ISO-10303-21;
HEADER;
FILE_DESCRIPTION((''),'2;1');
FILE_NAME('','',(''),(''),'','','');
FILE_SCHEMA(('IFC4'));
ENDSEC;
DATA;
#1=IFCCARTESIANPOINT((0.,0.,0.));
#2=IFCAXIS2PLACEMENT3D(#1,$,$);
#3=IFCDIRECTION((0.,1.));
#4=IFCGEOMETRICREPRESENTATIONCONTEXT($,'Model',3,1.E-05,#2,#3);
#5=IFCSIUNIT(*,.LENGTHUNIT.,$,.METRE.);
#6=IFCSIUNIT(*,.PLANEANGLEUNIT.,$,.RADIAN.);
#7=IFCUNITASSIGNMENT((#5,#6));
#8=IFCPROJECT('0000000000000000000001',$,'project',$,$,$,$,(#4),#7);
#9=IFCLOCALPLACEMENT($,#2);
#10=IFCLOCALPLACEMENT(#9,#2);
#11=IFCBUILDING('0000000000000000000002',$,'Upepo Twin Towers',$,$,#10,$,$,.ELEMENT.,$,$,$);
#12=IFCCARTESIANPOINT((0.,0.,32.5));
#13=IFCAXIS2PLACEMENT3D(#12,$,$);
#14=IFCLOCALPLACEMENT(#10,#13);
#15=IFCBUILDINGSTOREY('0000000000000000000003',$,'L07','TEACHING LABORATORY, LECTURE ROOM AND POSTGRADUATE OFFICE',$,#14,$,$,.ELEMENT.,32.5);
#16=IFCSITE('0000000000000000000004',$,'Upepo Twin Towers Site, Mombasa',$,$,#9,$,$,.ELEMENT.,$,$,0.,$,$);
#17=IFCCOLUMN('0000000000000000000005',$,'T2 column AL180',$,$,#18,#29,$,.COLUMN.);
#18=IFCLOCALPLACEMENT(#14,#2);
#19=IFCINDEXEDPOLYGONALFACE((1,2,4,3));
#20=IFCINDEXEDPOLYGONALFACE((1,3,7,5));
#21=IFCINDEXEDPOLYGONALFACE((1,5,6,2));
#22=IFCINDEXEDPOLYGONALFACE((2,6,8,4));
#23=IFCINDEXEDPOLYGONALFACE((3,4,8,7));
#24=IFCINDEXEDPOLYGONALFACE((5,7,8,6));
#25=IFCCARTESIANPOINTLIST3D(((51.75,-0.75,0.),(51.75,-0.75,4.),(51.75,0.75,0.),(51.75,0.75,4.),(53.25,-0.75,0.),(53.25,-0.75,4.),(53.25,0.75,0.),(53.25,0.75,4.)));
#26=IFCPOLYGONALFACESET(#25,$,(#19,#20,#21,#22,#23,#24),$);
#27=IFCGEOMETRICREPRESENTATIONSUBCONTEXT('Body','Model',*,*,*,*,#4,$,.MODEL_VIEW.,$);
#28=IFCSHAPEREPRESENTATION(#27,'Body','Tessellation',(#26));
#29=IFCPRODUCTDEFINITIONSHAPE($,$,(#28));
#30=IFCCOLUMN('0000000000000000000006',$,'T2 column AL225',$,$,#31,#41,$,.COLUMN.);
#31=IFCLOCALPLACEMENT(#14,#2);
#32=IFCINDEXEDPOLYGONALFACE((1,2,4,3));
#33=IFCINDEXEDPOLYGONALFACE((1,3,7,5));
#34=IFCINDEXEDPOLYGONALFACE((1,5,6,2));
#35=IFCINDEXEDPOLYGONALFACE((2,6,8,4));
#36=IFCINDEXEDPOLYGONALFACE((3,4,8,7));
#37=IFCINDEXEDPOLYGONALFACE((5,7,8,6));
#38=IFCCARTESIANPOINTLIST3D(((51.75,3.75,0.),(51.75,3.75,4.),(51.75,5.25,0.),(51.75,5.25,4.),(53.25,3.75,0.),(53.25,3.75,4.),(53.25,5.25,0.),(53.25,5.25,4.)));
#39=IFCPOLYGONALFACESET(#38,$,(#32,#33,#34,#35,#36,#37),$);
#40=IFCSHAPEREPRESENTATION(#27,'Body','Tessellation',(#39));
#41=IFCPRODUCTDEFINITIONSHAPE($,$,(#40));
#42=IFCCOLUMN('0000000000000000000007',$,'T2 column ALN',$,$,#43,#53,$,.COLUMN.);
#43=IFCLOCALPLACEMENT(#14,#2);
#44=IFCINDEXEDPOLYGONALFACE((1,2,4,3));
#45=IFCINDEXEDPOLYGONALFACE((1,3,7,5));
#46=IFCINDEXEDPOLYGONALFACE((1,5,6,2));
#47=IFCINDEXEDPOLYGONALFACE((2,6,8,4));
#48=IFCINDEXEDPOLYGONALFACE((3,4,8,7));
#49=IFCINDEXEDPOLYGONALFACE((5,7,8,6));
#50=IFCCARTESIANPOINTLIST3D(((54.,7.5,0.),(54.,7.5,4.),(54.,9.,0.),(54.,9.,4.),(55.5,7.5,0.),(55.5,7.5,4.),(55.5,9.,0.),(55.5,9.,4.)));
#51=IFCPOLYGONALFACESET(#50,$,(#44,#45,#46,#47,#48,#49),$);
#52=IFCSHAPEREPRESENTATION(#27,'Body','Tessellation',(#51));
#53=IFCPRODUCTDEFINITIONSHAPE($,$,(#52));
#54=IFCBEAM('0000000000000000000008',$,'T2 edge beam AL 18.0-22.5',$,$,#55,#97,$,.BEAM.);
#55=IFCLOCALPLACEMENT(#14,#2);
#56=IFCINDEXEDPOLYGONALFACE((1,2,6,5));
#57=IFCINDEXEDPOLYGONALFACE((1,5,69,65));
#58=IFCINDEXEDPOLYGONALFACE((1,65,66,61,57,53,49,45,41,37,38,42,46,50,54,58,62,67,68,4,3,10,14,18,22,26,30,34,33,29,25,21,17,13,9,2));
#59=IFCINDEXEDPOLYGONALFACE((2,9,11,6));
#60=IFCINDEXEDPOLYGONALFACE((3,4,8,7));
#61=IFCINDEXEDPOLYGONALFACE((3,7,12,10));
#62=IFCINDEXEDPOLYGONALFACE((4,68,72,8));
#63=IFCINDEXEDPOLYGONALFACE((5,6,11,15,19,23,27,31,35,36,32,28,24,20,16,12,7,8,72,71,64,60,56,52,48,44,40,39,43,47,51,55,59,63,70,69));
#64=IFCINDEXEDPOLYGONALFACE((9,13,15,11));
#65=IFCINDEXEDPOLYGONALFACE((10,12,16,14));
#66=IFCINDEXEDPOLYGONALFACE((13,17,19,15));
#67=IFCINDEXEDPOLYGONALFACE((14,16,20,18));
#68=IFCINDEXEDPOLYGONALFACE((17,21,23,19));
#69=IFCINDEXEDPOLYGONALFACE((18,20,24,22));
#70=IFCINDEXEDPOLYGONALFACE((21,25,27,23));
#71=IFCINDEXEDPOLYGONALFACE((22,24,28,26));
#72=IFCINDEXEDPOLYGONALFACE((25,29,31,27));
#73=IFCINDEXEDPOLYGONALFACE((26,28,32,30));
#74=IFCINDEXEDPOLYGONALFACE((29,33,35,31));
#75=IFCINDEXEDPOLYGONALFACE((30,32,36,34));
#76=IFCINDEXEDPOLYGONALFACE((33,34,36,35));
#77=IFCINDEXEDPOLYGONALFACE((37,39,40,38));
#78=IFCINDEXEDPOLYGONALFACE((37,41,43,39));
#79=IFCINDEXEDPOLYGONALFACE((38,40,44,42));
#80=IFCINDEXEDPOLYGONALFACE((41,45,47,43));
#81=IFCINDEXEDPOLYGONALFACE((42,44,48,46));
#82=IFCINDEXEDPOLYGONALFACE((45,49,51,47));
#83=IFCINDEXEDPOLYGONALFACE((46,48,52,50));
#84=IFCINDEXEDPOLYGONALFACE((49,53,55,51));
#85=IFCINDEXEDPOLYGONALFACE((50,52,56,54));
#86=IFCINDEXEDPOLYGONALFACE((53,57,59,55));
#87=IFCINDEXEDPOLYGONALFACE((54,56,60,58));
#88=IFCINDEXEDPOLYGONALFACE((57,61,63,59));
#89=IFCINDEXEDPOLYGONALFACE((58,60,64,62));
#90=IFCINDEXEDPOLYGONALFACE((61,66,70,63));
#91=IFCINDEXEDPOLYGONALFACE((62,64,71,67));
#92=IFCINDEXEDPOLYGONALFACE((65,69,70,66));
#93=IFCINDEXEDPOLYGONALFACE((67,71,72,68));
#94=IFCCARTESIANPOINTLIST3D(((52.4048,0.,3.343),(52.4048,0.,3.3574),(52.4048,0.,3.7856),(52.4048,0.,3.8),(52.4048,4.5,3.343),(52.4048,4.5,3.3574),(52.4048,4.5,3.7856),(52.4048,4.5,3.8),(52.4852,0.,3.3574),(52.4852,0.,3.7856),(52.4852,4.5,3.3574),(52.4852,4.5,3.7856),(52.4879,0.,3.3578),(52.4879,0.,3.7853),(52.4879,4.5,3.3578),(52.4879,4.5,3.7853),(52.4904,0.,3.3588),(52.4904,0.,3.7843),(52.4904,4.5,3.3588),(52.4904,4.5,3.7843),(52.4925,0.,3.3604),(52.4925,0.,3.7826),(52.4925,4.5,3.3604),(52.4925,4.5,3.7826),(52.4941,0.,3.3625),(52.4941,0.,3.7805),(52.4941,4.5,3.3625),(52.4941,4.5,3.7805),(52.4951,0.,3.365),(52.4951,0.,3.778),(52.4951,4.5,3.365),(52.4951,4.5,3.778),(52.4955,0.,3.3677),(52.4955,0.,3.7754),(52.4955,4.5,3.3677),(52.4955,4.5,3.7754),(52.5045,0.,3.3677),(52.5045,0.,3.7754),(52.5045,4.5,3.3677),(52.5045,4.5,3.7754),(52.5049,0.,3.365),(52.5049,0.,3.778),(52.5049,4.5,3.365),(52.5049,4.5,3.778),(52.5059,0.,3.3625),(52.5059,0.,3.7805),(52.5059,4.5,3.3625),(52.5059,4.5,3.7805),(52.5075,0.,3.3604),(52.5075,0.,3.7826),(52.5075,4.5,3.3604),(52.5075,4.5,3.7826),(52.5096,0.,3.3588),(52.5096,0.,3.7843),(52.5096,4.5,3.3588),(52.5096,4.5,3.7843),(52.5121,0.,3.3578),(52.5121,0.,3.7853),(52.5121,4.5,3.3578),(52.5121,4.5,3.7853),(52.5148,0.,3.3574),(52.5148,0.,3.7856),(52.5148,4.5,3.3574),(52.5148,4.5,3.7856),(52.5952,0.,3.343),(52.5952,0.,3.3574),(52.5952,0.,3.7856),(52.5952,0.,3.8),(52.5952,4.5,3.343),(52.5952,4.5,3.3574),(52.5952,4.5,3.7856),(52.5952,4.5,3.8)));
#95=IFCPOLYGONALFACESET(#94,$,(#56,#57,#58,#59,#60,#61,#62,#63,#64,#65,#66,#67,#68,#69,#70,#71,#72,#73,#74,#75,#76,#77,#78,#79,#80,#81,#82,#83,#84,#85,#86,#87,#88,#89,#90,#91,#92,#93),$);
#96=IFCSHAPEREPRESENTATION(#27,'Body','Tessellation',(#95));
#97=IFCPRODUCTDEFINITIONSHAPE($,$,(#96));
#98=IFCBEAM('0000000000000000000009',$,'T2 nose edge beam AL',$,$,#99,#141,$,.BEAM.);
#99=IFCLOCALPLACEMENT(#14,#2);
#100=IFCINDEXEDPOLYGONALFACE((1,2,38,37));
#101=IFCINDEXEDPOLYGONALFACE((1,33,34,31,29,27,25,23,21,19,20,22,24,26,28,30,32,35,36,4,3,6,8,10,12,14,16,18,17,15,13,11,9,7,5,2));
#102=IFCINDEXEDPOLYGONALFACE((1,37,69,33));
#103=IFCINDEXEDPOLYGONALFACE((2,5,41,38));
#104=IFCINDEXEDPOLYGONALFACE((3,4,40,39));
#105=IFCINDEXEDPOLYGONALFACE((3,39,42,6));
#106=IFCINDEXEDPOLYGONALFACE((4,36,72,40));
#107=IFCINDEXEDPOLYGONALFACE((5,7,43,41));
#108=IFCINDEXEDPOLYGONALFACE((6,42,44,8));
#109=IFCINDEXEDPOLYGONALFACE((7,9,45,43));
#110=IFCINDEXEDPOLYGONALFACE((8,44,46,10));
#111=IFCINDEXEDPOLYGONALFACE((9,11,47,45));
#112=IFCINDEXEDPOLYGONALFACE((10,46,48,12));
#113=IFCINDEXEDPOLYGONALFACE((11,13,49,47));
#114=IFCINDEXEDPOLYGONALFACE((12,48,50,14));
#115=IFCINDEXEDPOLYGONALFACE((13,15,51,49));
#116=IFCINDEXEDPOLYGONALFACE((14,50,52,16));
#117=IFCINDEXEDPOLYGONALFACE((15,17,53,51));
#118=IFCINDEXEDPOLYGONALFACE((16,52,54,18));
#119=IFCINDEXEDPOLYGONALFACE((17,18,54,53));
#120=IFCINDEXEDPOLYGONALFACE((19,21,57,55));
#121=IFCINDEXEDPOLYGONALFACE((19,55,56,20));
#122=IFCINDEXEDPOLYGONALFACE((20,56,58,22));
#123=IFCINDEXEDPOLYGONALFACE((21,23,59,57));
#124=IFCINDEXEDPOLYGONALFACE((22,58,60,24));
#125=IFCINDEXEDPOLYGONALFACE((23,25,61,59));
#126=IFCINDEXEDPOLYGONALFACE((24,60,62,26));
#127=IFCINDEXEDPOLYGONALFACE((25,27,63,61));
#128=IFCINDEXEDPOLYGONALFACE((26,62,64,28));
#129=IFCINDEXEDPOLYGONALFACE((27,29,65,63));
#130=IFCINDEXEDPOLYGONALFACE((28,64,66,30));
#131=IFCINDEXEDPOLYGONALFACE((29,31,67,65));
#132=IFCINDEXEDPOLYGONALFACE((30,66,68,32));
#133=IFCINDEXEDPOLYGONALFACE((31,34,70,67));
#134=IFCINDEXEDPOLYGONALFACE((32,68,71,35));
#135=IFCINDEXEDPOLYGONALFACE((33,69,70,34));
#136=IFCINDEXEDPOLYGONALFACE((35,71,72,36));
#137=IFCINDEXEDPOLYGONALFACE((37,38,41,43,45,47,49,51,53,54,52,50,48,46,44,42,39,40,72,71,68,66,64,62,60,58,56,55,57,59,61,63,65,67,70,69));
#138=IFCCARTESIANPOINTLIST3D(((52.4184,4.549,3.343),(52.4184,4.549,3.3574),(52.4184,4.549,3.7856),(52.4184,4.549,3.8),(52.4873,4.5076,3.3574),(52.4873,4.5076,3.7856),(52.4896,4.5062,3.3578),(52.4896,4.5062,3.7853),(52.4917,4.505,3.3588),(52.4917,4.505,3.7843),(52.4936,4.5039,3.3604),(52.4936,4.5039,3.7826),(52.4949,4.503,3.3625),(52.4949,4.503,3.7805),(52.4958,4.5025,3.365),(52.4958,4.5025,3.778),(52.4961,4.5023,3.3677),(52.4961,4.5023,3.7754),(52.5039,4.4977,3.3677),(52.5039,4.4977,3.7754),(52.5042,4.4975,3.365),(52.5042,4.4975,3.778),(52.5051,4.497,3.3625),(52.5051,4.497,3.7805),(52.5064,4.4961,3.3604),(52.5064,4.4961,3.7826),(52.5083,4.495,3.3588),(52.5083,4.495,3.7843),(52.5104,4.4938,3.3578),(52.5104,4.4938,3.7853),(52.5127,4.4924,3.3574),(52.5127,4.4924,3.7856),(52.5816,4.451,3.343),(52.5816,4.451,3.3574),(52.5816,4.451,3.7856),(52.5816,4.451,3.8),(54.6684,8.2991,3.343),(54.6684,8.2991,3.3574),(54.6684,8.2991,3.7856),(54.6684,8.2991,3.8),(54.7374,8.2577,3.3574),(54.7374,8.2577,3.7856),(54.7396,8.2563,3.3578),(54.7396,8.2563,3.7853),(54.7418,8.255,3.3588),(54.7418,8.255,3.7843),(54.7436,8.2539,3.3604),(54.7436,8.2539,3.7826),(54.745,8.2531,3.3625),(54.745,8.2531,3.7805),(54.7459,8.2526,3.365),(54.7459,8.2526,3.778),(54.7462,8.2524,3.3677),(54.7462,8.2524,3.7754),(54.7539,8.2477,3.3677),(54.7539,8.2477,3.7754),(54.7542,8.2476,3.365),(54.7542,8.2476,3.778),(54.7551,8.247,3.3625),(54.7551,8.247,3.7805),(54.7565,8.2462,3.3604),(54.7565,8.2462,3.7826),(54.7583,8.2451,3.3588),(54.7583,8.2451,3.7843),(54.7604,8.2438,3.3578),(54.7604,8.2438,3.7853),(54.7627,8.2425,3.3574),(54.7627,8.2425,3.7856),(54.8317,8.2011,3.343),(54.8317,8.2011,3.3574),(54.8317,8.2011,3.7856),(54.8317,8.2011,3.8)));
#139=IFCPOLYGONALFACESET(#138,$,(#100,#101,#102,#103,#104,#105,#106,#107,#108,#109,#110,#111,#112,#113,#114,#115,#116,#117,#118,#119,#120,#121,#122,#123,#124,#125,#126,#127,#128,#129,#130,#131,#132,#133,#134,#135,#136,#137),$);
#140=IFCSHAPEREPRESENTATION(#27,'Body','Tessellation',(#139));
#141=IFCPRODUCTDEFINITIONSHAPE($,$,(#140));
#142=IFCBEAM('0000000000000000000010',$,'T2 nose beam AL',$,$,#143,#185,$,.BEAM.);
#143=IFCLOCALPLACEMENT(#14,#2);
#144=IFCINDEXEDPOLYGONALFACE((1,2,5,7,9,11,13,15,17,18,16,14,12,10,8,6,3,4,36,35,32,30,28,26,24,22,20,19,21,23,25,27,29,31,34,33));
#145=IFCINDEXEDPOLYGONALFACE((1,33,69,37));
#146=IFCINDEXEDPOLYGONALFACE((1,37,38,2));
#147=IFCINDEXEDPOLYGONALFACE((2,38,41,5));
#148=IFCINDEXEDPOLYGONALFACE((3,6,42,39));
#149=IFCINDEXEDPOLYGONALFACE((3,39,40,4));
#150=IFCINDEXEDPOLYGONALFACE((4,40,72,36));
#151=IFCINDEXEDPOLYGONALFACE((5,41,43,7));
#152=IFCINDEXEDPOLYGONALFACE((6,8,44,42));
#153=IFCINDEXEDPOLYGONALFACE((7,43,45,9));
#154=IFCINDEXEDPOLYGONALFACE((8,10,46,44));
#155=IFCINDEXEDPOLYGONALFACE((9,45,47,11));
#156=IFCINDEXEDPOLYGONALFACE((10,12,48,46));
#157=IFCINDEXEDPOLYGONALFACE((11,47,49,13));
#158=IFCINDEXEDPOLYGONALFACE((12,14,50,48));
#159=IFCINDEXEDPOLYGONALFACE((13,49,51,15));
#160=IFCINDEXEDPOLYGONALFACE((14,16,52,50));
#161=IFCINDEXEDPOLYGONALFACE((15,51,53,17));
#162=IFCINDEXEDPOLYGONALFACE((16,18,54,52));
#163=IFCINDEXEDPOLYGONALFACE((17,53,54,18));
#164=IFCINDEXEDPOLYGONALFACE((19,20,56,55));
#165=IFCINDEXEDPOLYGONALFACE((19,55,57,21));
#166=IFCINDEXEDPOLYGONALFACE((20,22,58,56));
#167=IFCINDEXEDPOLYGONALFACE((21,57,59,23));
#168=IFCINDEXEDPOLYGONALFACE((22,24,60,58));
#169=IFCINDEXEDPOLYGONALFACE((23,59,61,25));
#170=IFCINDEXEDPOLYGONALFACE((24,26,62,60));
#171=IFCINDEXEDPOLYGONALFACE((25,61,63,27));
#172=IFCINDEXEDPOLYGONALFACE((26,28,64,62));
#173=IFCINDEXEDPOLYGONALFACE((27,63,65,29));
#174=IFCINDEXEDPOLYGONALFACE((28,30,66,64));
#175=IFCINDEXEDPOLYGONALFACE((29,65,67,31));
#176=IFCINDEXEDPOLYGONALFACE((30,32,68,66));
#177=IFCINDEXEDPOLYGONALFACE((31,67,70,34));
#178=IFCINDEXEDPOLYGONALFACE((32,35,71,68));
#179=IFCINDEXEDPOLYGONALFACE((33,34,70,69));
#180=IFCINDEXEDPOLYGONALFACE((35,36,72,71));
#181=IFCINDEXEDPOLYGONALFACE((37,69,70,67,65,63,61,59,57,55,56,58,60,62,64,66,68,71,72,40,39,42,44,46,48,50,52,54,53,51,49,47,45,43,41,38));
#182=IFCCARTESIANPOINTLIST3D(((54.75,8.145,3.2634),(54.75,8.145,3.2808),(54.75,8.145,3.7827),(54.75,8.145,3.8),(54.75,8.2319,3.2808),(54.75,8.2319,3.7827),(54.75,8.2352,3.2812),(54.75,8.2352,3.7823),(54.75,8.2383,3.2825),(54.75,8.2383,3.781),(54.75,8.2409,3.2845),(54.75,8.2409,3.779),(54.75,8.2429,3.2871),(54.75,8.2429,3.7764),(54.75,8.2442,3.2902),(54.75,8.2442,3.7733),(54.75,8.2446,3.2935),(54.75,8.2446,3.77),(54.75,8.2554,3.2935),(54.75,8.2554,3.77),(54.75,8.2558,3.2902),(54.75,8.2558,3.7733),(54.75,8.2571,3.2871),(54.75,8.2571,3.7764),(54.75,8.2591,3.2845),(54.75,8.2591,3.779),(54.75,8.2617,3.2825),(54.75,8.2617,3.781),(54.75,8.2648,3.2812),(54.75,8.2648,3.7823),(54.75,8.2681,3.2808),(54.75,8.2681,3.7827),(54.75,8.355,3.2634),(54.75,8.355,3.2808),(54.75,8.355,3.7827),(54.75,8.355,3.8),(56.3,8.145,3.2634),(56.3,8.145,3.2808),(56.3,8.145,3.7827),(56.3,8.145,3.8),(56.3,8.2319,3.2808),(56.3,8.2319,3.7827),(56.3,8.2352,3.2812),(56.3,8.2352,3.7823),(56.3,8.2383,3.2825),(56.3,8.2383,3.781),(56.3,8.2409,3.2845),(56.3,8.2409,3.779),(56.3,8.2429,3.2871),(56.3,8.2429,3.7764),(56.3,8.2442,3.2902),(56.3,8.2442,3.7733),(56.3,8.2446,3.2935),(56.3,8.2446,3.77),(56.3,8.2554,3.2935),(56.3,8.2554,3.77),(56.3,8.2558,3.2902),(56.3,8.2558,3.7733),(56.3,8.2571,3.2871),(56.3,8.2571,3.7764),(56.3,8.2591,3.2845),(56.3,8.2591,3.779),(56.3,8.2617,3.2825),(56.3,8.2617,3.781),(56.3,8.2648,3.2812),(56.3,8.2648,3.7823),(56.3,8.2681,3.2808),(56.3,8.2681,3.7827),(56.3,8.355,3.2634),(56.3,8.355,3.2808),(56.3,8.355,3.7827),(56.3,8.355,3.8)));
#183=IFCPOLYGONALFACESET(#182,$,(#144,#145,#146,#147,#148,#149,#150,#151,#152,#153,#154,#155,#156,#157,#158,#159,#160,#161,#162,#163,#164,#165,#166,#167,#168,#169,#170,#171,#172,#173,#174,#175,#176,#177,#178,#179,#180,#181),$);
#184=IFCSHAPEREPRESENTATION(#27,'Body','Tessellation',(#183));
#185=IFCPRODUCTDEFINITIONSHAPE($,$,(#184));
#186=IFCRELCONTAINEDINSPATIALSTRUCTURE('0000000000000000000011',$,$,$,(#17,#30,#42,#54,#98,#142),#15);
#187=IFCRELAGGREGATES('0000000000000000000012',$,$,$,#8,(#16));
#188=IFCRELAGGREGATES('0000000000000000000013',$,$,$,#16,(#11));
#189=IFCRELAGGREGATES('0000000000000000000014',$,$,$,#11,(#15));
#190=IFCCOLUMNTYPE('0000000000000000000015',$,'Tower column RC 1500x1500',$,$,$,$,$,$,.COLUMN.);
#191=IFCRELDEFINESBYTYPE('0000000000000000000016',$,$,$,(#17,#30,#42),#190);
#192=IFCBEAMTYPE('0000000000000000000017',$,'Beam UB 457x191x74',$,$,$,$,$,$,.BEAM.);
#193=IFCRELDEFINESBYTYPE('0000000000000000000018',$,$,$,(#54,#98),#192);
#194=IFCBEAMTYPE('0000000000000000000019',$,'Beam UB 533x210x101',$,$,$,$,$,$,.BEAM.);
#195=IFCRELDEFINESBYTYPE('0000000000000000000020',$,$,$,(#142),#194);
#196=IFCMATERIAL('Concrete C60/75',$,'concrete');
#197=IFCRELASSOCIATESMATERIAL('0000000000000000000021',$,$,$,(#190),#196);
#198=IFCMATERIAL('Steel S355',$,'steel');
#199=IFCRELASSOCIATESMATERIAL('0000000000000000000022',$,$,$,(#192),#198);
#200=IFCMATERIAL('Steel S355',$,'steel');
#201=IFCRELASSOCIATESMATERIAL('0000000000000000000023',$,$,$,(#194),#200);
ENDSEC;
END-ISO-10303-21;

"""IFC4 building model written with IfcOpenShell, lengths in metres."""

from ifc_helpers import new_model, si_unit, direction, frame, origin, origin_2d, place, context, subcontext, project, spatial, rectangle, i_section, extrude, material, material_profile, profile_set, type_object, element, save


model = new_model("IFC4")

# Units and contexts
model_context = context("Model", 3, precision=1e-05, world=origin(), true_north=direction((0.0, 1.0)))
body_context = subcontext(model_context, "Body", "Model", "MODEL_VIEW")
ifc_project = project(units=[si_unit("LENGTHUNIT", "METRE"), si_unit("PLANEANGLEUNIT", "RADIAN")], contexts=[model_context])

# Site, building, storey
site_placement = place(None, origin())
site = spatial("IfcSite", under=ifc_project, at=site_placement, Name="Upepo Twin Towers Site, Mombasa", CompositionType="ELEMENT", RefElevation=0.0)
building_placement = place(site_placement, origin())
building = spatial("IfcBuilding", under=site, at=building_placement, Name="Upepo Twin Towers", CompositionType="ELEMENT")
storey_placement = place(building_placement, frame((0.0, 0.0, 32.5)))
storey = spatial("IfcBuildingStorey", under=building, at=storey_placement, Name="L07", Description="TEACHING LABORATORY, LECTURE ROOM AND POSTGRADUATE OFFICE", CompositionType="ELEMENT", Elevation=32.5)

# Columns
ifc_material_1 = material(Name="Concrete C60/75", Category="concrete")
ifc_material_profile_1 = material_profile(ifc_material_1, rectangle(XDim=1.5, YDim=1.5, at=origin_2d()), Name="RC 1500x1500")
ifc_profile_set_1 = profile_set([ifc_material_profile_1], Name="Concrete C60/75")
column_type = type_object("IfcColumnType", Name="Tower column RC 1500x1500", PredefinedType="COLUMN", material=ifc_profile_set_1)
for number, where, z_axis, x_axis, name in (
    (1, (52.5, 0.0, 0.0), (0.0, 0.0, 1.0), (1.0, 0.0, 0.0), "T2 column AL180"),
    (2, (52.5, 4.5, 0.0), (0.0, 0.0, 1.0), (1.0, 0.0, 0.0), "T2 column AL225"),
    (3, (54.75, 8.25, 0.0), (0.0, 0.0, 1.0), (1.0, 0.0, 0.0), "T2 column ALN"),
):
    element("IfcColumn", number, at=place(storey_placement, frame(where, z_axis=z_axis, x_axis=x_axis)), inside=storey, type_object=column_type, Name=name, PredefinedType="COLUMN", context=body_context, shape_type="SweptSolid", body=[
        extrude(rectangle(XDim=1.5, YDim=1.5, at=origin_2d()), origin(), (0.0, 0.0, 1.0), 4.0),
    ])

# Beams
ifc_material_2 = material(Name="Steel S355", Category="steel")
ifc_material_profile_2 = material_profile(ifc_material_2, i_section(OverallWidth=0.1904, OverallDepth=0.457, WebThickness=0.009, FlangeThickness=0.0144, FilletRadius=0.0103, at=origin_2d()), Name="UB 457x191x74")
ifc_profile_set_2 = profile_set([ifc_material_profile_2], Name="Steel S355")
beam_type_1 = type_object("IfcBeamType", Name="Beam UB 457x191x74", PredefinedType="BEAM", material=ifc_profile_set_2)
beam_1_placement = place(storey_placement, frame((52.5, 0.0, 3.5715), z_axis=(0.0, 1.0, 0.0), x_axis=(-1.0, 0.0, 0.0)))
element("IfcBeam", 4, at=beam_1_placement, inside=storey, type_object=beam_type_1, Name="T2 edge beam AL 18.0-22.5", PredefinedType="BEAM", context=body_context, shape_type="SweptSolid", body=[
    extrude(i_section(OverallWidth=0.1904, OverallDepth=0.457, WebThickness=0.009, FlangeThickness=0.0144, FilletRadius=0.0103, at=origin_2d()), origin(), (0.0, 0.0, 1.0), 4.5),
])
beam_2_placement = place(storey_placement, frame((52.5, 4.5, 3.5715), z_axis=(0.514496, 0.857493, 0.0), x_axis=(-0.857493, 0.514496, 0.0)))
element("IfcBeam", 5, at=beam_2_placement, inside=storey, type_object=beam_type_1, Name="T2 nose edge beam AL", PredefinedType="BEAM", context=body_context, shape_type="SweptSolid", body=[
    extrude(i_section(OverallWidth=0.1904, OverallDepth=0.457, WebThickness=0.009, FlangeThickness=0.0144, FilletRadius=0.0103, at=origin_2d()), origin(), (0.0, 0.0, 1.0), 4.3733),
])
ifc_material_3 = material(Name="Steel S355", Category="steel")
ifc_material_profile_3 = material_profile(ifc_material_3, i_section(OverallWidth=0.21, OverallDepth=0.5366, WebThickness=0.0107, FlangeThickness=0.0173, FilletRadius=0.0127, at=origin_2d()), Name="UB 533x210x101")
ifc_profile_set_3 = profile_set([ifc_material_profile_3], Name="Steel S355")
beam_type_2 = type_object("IfcBeamType", Name="Beam UB 533x210x101", PredefinedType="BEAM", material=ifc_profile_set_3)
beam_3_placement = place(storey_placement, frame((54.75, 8.25, 3.5317), z_axis=(1.0, 0.0, 0.0), x_axis=(0.0, 1.0, 0.0)))
element("IfcBeam", 6, at=beam_3_placement, inside=storey, type_object=beam_type_2, Name="T2 nose beam AL", PredefinedType="BEAM", context=body_context, shape_type="SweptSolid", body=[
    extrude(i_section(OverallWidth=0.21, OverallDepth=0.5366, WebThickness=0.0107, FlangeThickness=0.0173, FilletRadius=0.0127, at=origin_2d()), origin(), (0.0, 0.0, 1.0), 1.55),
])

save(model, "model.ifc")
